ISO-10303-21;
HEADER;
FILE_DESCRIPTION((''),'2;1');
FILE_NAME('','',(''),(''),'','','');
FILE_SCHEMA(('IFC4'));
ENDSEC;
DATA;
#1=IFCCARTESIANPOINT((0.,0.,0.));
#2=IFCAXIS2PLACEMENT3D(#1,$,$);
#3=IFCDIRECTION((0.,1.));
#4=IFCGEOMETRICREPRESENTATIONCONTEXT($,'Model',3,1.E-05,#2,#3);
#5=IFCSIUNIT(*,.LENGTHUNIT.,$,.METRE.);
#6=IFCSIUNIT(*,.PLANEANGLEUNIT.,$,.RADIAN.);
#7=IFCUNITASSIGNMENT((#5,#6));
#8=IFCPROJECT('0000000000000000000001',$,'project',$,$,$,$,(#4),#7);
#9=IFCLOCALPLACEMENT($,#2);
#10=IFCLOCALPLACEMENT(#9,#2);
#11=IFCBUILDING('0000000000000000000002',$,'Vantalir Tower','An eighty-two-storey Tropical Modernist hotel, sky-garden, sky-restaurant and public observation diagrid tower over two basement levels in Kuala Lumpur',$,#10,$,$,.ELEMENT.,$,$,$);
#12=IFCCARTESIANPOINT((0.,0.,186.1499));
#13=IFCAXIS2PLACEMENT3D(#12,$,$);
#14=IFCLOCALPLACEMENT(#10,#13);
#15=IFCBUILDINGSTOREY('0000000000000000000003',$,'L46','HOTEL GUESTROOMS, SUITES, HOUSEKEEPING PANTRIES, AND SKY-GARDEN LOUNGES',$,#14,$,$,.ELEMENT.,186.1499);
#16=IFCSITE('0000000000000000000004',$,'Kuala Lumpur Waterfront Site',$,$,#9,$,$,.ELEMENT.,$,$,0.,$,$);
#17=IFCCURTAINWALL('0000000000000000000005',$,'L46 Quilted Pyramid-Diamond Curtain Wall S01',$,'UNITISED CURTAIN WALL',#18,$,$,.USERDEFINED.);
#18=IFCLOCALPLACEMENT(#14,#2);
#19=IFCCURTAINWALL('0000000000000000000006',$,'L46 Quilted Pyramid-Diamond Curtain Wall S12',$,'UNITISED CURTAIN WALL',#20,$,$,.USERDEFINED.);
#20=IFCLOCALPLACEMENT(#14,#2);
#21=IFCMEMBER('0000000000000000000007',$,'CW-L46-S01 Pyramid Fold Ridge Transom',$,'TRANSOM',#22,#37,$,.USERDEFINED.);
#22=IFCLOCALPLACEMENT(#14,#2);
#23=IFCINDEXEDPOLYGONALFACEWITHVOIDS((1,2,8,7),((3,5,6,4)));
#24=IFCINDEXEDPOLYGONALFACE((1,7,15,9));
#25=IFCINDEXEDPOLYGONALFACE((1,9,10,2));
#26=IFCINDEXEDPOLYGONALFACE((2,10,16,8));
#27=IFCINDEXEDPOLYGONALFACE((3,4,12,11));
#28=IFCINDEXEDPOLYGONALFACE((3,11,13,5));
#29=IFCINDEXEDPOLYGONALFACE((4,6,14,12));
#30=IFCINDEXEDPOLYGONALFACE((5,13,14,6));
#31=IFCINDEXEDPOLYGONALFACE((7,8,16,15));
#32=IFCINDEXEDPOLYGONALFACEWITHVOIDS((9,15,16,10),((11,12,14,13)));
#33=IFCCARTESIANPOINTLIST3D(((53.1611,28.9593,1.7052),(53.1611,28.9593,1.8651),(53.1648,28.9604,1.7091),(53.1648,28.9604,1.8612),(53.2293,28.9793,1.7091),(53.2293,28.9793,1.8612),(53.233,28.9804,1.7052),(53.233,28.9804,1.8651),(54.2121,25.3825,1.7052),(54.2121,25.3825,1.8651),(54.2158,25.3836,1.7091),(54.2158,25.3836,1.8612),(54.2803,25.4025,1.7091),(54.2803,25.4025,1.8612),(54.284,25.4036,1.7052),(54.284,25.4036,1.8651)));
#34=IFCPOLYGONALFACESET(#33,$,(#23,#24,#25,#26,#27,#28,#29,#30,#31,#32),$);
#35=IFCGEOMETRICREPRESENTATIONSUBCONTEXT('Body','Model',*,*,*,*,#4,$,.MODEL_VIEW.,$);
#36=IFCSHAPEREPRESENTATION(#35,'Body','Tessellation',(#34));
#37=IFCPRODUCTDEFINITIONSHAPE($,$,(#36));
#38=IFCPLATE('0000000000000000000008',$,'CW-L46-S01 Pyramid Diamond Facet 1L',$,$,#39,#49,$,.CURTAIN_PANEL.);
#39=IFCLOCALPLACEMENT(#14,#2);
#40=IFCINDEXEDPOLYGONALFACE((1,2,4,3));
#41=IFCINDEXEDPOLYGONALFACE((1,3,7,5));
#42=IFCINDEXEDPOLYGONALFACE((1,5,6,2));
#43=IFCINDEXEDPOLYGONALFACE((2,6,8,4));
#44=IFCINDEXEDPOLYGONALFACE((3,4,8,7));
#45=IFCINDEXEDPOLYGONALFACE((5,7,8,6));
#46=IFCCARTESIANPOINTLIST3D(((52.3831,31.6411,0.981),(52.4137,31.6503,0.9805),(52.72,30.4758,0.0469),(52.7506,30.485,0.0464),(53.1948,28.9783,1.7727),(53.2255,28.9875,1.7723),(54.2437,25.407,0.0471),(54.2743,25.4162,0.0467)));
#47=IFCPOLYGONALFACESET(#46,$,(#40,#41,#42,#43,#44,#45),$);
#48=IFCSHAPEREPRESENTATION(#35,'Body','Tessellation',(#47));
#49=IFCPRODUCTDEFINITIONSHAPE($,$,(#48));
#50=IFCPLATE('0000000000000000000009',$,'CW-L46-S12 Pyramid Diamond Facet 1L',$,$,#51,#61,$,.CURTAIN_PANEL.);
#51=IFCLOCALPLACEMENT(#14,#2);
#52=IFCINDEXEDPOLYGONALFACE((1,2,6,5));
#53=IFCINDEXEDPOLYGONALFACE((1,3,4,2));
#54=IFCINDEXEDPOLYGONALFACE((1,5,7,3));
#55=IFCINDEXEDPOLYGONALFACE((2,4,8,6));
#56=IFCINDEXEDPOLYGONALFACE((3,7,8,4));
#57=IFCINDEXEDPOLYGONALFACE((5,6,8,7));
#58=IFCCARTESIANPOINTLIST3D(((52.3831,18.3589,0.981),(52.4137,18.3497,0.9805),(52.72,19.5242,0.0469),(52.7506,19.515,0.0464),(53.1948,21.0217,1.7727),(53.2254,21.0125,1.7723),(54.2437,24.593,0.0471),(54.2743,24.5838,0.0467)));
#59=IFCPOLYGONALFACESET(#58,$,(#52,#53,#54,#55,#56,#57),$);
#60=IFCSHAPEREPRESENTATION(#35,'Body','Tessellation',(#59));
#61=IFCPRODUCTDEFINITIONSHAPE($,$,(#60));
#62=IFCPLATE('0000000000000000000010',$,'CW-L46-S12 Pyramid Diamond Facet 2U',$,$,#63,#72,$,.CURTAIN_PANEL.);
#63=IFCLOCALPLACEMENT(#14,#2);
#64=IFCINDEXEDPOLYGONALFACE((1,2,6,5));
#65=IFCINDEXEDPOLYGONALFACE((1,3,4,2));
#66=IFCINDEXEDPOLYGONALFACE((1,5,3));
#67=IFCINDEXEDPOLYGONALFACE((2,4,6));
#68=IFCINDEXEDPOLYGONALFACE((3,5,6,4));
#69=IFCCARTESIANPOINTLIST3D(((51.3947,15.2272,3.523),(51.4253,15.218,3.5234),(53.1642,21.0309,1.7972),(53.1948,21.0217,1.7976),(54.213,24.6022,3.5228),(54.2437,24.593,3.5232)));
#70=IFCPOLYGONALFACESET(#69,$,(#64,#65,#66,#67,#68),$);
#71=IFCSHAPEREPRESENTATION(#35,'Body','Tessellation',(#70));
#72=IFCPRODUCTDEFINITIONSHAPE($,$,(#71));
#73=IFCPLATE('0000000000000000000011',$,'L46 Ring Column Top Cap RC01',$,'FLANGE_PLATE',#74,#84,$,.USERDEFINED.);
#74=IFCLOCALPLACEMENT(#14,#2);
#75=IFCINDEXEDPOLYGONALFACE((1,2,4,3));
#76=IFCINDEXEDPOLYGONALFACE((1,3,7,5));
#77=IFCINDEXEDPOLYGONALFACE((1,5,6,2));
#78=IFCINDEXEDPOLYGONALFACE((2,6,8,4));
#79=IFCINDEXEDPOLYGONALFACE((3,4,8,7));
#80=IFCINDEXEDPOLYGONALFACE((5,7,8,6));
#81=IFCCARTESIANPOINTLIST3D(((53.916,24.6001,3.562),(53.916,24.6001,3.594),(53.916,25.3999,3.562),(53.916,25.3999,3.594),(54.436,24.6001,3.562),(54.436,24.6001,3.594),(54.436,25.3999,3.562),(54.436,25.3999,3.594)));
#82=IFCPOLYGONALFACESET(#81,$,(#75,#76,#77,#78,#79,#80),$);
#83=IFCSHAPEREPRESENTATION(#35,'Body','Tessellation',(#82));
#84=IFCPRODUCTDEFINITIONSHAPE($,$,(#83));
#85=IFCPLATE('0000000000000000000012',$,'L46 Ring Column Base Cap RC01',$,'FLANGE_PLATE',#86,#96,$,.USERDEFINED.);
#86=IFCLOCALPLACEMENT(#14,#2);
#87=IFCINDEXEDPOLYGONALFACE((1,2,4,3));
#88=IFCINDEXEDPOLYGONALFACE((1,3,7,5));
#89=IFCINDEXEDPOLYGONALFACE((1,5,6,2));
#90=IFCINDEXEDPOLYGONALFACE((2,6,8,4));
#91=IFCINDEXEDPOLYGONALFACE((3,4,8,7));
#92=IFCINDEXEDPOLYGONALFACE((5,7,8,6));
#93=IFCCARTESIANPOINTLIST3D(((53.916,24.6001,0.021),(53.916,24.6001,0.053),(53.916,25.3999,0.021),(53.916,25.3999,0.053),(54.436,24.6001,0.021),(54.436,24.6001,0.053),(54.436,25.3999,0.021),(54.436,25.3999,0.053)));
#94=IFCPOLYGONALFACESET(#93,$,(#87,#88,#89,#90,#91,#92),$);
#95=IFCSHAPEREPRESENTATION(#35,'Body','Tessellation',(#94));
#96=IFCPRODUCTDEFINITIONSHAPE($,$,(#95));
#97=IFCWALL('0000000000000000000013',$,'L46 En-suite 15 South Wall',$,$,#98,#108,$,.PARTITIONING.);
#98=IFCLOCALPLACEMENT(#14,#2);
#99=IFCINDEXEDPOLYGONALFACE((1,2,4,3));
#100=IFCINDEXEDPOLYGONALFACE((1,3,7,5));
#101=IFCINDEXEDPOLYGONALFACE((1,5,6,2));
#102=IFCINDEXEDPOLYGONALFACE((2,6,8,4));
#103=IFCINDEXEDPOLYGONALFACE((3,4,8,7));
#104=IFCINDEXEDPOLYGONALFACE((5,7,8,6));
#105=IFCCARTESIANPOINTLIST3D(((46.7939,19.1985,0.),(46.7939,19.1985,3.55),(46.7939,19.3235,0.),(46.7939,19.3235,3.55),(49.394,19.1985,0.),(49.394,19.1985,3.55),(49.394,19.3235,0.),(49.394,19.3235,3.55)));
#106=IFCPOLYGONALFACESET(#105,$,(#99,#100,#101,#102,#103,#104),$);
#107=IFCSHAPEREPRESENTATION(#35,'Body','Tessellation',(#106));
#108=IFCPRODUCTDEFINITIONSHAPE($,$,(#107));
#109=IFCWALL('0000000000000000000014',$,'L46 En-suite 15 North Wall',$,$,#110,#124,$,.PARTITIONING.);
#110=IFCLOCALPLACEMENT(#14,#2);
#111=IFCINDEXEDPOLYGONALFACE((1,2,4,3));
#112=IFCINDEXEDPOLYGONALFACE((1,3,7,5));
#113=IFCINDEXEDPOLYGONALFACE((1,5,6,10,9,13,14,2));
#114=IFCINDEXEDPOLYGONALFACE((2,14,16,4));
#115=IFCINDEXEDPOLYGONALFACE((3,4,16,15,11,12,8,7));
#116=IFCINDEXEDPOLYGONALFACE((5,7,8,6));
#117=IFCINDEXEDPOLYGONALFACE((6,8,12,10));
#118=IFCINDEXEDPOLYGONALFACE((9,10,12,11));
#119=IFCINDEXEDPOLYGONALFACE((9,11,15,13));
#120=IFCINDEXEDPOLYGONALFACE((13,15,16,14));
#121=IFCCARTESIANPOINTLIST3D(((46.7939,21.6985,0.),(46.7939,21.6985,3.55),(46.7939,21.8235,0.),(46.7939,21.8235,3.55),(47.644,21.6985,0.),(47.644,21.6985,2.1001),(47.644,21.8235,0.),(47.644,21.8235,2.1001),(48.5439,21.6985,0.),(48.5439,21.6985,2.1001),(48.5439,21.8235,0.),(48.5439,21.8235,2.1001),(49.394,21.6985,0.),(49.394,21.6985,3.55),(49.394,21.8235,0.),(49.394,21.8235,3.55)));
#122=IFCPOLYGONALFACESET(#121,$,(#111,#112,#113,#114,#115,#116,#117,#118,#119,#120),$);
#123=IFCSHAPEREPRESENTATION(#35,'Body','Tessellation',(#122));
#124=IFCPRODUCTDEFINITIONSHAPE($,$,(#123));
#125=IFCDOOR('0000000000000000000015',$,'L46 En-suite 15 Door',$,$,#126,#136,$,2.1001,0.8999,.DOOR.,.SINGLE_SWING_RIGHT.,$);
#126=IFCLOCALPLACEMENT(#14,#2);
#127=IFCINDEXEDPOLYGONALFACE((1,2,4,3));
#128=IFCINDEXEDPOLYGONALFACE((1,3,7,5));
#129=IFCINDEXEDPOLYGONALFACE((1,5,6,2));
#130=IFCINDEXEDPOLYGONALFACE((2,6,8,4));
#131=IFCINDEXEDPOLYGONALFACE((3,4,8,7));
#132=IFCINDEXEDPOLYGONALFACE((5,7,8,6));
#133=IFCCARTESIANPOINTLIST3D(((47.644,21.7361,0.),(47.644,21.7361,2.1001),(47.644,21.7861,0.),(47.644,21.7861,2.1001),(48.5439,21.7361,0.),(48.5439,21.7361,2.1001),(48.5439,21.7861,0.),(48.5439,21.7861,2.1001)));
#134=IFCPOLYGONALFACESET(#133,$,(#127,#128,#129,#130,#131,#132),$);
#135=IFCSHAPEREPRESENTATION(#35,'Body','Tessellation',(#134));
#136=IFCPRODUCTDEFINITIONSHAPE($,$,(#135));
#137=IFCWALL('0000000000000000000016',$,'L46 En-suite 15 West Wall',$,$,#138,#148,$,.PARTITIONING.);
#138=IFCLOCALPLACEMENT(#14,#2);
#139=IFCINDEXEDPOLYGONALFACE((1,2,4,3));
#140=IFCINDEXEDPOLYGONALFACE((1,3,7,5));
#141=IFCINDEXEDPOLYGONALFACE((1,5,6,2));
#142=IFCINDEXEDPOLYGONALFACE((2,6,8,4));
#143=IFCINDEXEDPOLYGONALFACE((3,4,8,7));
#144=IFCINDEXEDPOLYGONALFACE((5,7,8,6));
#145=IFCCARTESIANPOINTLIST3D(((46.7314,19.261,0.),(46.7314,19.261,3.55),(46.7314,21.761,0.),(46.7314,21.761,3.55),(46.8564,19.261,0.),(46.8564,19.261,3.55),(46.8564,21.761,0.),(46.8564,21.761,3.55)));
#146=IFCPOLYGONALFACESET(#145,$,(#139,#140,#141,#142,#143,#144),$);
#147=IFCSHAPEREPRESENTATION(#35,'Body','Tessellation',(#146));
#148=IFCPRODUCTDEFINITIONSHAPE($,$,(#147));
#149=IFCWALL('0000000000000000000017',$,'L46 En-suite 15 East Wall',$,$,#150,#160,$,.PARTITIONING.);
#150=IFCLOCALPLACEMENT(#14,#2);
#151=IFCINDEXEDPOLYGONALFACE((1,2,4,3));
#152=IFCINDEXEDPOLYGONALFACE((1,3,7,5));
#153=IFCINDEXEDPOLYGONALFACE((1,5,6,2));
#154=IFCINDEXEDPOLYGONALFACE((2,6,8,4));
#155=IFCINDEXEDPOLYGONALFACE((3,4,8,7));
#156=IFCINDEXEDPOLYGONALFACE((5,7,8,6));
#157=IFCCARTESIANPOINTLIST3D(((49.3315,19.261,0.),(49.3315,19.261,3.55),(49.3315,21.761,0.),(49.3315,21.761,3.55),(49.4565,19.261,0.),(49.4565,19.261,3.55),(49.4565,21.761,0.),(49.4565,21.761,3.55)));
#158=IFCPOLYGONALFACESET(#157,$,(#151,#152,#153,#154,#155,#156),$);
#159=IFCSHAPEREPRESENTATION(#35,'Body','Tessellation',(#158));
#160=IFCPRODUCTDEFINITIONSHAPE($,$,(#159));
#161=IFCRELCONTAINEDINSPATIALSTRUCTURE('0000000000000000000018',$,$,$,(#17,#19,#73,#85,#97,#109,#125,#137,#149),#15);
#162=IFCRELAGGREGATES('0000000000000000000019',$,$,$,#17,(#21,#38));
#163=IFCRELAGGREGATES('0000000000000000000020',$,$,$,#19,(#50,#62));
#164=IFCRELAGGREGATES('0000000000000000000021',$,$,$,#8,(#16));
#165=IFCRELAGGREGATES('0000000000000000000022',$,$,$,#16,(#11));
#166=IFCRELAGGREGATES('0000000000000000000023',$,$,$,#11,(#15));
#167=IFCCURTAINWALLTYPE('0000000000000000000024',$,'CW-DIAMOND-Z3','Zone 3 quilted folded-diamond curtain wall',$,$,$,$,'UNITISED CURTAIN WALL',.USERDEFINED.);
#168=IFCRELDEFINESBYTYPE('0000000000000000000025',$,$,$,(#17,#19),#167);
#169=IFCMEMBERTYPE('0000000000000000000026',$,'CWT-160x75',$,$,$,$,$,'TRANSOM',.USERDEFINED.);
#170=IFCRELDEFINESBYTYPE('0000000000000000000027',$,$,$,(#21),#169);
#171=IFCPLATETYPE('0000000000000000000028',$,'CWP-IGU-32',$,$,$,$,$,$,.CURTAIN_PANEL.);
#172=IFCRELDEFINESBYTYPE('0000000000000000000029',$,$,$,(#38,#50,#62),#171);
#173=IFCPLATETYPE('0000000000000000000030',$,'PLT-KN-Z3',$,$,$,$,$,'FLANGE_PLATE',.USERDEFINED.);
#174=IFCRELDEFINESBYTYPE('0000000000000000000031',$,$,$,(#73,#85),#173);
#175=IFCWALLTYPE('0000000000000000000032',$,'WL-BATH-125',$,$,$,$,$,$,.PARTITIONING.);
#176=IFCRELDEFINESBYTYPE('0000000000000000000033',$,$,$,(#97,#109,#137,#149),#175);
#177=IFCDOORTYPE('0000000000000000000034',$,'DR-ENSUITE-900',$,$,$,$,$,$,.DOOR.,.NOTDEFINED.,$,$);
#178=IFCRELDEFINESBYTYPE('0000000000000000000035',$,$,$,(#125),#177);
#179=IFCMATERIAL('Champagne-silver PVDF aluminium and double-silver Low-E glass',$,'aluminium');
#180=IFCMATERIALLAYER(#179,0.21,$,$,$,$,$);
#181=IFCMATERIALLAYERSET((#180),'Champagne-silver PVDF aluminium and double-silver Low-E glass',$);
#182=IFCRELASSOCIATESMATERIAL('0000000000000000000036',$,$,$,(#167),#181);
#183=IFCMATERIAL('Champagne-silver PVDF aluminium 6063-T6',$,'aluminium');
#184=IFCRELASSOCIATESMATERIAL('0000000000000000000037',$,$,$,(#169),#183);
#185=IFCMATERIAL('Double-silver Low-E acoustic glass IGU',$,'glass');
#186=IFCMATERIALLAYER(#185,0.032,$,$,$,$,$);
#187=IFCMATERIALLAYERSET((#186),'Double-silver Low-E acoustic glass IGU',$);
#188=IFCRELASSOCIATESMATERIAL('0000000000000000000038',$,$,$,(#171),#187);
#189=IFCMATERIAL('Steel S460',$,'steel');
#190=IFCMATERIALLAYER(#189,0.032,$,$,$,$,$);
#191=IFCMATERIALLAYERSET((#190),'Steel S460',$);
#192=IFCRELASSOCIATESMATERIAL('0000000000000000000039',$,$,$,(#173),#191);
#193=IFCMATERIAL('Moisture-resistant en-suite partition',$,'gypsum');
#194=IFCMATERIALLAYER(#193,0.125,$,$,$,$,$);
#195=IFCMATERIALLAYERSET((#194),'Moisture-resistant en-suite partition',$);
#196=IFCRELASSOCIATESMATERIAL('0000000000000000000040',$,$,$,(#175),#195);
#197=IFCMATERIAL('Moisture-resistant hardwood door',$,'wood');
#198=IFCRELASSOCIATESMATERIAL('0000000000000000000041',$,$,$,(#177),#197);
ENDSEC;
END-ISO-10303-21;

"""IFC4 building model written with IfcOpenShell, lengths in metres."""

from ifc_helpers import new_model, si_unit, direction, frame, frame_2d, origin, origin_2d, place, context, subcontext, project, spatial, polyline, rectangle, hollow_rectangle, outline, extrude, material, layer, layer_set, material_profile, profile_set, type_object, element, fill, aggregate, save


model = new_model("IFC4")

# Units and contexts
model_context = context("Model", 3, precision=1e-05, world=origin(), true_north=direction((0.0, 1.0)))
body_context = subcontext(model_context, "Body", "Model", "MODEL_VIEW")
ifc_project = project(units=[si_unit("LENGTHUNIT", "METRE"), si_unit("PLANEANGLEUNIT", "RADIAN")], contexts=[model_context])

# Site, building, storey
site_placement = place(None, origin())
site = spatial("IfcSite", under=ifc_project, at=site_placement, Name="Kuala Lumpur Waterfront Site", CompositionType="ELEMENT", RefElevation=0.0)
building_placement = place(site_placement, origin())
building = spatial("IfcBuilding", under=site, at=building_placement, Name="Vantalir Tower", Description="An eighty-two-storey Tropical Modernist hotel, sky-garden, sky-restaurant and public observation diagrid tower over two basement levels in Kuala Lumpur", CompositionType="ELEMENT")
storey_placement = place(building_placement, frame((0.0, 0.0, 186.1499)))
storey = spatial("IfcBuildingStorey", under=building, at=storey_placement, Name="L46", Description="HOTEL GUESTROOMS, SUITES, HOUSEKEEPING PANTRIES, AND SKY-GARDEN LOUNGES", CompositionType="ELEMENT", Elevation=186.1499)

# Shared definitions
ifc_material_1 = material(Name="Steel S460", Category="steel")

# Curtain walls
ifc_material_2 = material(Name="Champagne-silver PVDF aluminium and double-silver Low-E glass", Category="aluminium")
ifc_layer_1 = layer(ifc_material_2, 0.21)
ifc_layer_set_1 = layer_set([ifc_layer_1], Name="Champagne-silver PVDF aluminium and double-silver Low-E glass")
curtain_wall_type = type_object("IfcCurtainWallType", Name="CW-DIAMOND-Z3", Description="Zone 3 quilted folded-diamond curtain wall", ElementType="UNITISED CURTAIN WALL", PredefinedType="USERDEFINED", material=ifc_layer_set_1)
curtain_wall_1_placement = place(storey_placement, origin())
curtain_wall_1 = element("IfcCurtainWall", 1, at=curtain_wall_1_placement, inside=storey, type_object=curtain_wall_type, Name="L46 Quilted Pyramid-Diamond Curtain Wall S01", ObjectType="UNITISED CURTAIN WALL", PredefinedType="USERDEFINED")
ifc_material_3 = material(Name="Champagne-silver PVDF aluminium 6063-T6", Category="aluminium")
curtain_wall_2_placement = place(storey_placement, origin())
curtain_wall_2 = element("IfcCurtainWall", 2, at=curtain_wall_2_placement, inside=storey, type_object=curtain_wall_type, Name="L46 Quilted Pyramid-Diamond Curtain Wall S12", ObjectType="UNITISED CURTAIN WALL", PredefinedType="USERDEFINED")

# Member
ifc_material_profile_1 = material_profile(ifc_material_3, hollow_rectangle(XDim=0.075, YDim=0.1599, WallThickness=0.0039, at=origin_2d()), Name="Champagne-silver PVDF aluminium 6063-T6")
ifc_profile_set_1 = profile_set([ifc_material_profile_1], Name="Champagne-silver PVDF aluminium 6063-T6")
member_type_1 = type_object("IfcMemberType", Name="CWT-160x75", ElementType="TRANSOM", PredefinedType="USERDEFINED", material=ifc_profile_set_1)
member_1_placement = place(storey_placement, frame((54.248, 25.3931, 1.7852), z_axis=(-0.281918, 0.959438, 0.0), x_axis=(-0.959438, -0.281918, 0.0)))
member_1 = element("IfcMember", 3, at=member_1_placement, type_object=member_type_1, Name="CW-L46-S01 Pyramid Fold Ridge Transom", ObjectType="TRANSOM", PredefinedType="USERDEFINED", context=body_context, shape_type="SweptSolid", body=[
    extrude(hollow_rectangle(XDim=0.075, YDim=0.1599, WallThickness=0.0039, at=origin_2d()), origin(), (0.0, 0.0, 1.0), 3.728),
])

# Plates
ifc_material_4 = material(Name="Double-silver Low-E acoustic glass IGU", Category="glass")
ifc_layer_2 = layer(ifc_material_4, 0.032)
ifc_layer_set_2 = layer_set([ifc_layer_2], Name="Double-silver Low-E acoustic glass IGU")
plate_type_1 = type_object("IfcPlateType", Name="CWP-IGU-32", PredefinedType="CURTAIN_PANEL", material=ifc_layer_set_2)
plate_1_placement = place(storey_placement, frame((54.2437, 25.407, 0.0471), z_axis=(-0.957579, -0.287845, 0.013701), x_axis=(-0.287872, 0.957669, -0.000046)))
plate_1 = element("IfcPlate", 4, at=plate_1_placement, type_object=plate_type_1, Name="CW-L46-S01 Pyramid Diamond Facet 1L", PredefinedType="CURTAIN_PANEL", context=body_context, shape_type="SweptSolid", body=[
    extrude(outline(polyline([(0.0, 0.0), (5.2929, 0.0), (6.5058, -0.9342), (3.722, -1.7259), (0.0, 0.0)])), origin(), (0.0, 0.0, -1.0), 0.032),
])
aggregate(curtain_wall_1, [member_1, plate_1])
plate_2_placement = place(storey_placement, frame((52.72, 19.5242, 0.0469), z_axis=(-0.957579, 0.287845, 0.013701), x_axis=(0.287872, 0.957669, 0.000046)))
plate_2 = element("IfcPlate", 5, at=plate_2_placement, type_object=plate_type_1, Name="CW-L46-S12 Pyramid Diamond Facet 1L", PredefinedType="CURTAIN_PANEL", context=body_context, shape_type="SweptSolid", body=[
    extrude(outline(polyline([(0.0, 0.0), (5.2929, 0.0), (1.5709, -1.7259), (-1.2129, -0.9342), (0.0, 0.0)])), origin(), (0.0, 0.0, -1.0), 0.032),
])
plate_3_placement = place(storey_placement, frame((54.2437, 24.593, 3.5232), z_axis=(0.957571, -0.287869, 0.013756), x_axis=(-0.287897, -0.957661, 0.000025)))
plate_3 = element("IfcPlate", 6, at=plate_3_placement, type_object=plate_type_1, Name="CW-L46-S12 Pyramid Diamond Facet 2U", PredefinedType="CURTAIN_PANEL", context=body_context, shape_type="SweptSolid", body=[
    extrude(outline(polyline([(0.0, 0.0), (9.7895, 0.0), (3.722, 1.7258), (0.0, 0.0)])), origin(), (0.0, 0.0, -1.0), 0.032),
])
aggregate(curtain_wall_2, [plate_2, plate_3])

# Plates
ifc_layer_3 = layer(ifc_material_1, 0.032)
ifc_layer_set_3 = layer_set([ifc_layer_3], Name="Steel S460")
plate_type_2 = type_object("IfcPlateType", Name="PLT-KN-Z3", ElementType="FLANGE_PLATE", PredefinedType="USERDEFINED", material=ifc_layer_set_3)
for number, where, z_axis, x_axis, name in (
    (7, (53.916, 25.3999, 3.594), (0.0, 0.0, 1.0), (0.0, -1.0, 0.0), "L46 Ring Column Top Cap RC01"),
    (8, (53.916, 25.3999, 0.053), (0.0, 0.0, 1.0), (0.0, -1.0, 0.0), "L46 Ring Column Base Cap RC01"),
):
    element("IfcPlate", number, at=place(storey_placement, frame(where, z_axis=z_axis, x_axis=x_axis)), inside=storey, type_object=plate_type_2, Name=name, ObjectType="FLANGE_PLATE", PredefinedType="USERDEFINED", context=body_context, shape_type="SweptSolid", body=[
        extrude(outline(polyline([(0.0, 0.0), (0.7998, 0.0), (0.7998, 0.52), (0.0, 0.52), (0.0, 0.0)])), origin(), (0.0, 0.0, -1.0), 0.032),
    ])

# Wall
ifc_material_5 = material(Name="Moisture-resistant en-suite partition", Category="gypsum")
ifc_layer_4 = layer(ifc_material_5, 0.125)
ifc_layer_set_4 = layer_set([ifc_layer_4], Name="Moisture-resistant en-suite partition")
wall_type_1 = type_object("IfcWallType", Name="WL-BATH-125", PredefinedType="PARTITIONING", material=ifc_layer_set_4)
wall_1_placement = place(storey_placement, frame((46.7939, 19.261, 0.0), z_axis=(0.0, 0.0, 1.0), x_axis=(1.0, 0.0, 0.0)))
element("IfcWall", 9, at=wall_1_placement, inside=storey, type_object=wall_type_1, Name="L46 En-suite 15 South Wall", PredefinedType="PARTITIONING", context=body_context, shape_type="SweptSolid", body=[
    extrude(rectangle(XDim=2.6001, YDim=0.125, at=frame_2d((1.3, 0.0))), origin(), (0.0, 0.0, 1.0), 3.55),
])

# Wall, opening, door
wall_2_placement = place(storey_placement, frame((46.7939, 21.761, 0.0), z_axis=(0.0, 0.0, 1.0), x_axis=(1.0, 0.0, 0.0)))
wall_2 = element("IfcWall", 10, at=wall_2_placement, inside=storey, type_object=wall_type_1, Name="L46 En-suite 15 North Wall", PredefinedType="PARTITIONING", context=body_context, shape_type="SweptSolid", body=[
    extrude(rectangle(XDim=2.6001, YDim=0.125, at=frame_2d((1.3, 0.0))), origin(), (0.0, 0.0, 1.0), 3.55),
])
opening_1_placement = place(wall_2_placement, frame((0.8501, 0.0, 0.0)))
opening_1 = element("IfcOpeningElement", 11, at=opening_1_placement, cuts=wall_2, PredefinedType="OPENING", context=body_context, shape_type="SweptSolid", body=[
    extrude(rectangle(XDim=0.8999, YDim=2.1001, at=frame_2d((0.45, 1.05))), frame((0.0, 0.0725, 0.0), z_axis=(0.0, -1.0, 0.0), x_axis=(1.0, 0.0, 0.0)), (0.0, 0.0, 1.0), 0.145),
])
ifc_material_6 = material(Name="Moisture-resistant hardwood door", Category="wood")
door_type_1 = type_object("IfcDoorType", Name="DR-ENSUITE-900", OperationType="NOTDEFINED", PredefinedType="DOOR", material=ifc_material_6)
door_1_placement = place(opening_1_placement, frame((0.8999, 0.0, 0.0), z_axis=(0.0, 0.0, 1.0), x_axis=(-1.0, 0.0, 0.0)))
door_1 = element("IfcDoor", 12, at=door_1_placement, inside=storey, type_object=door_type_1, Name="L46 En-suite 15 Door", OperationType="SINGLE_SWING_RIGHT", OverallHeight=2.1001, OverallWidth=0.8999, PredefinedType="DOOR", context=body_context, shape_type="SweptSolid", body=[
    extrude(rectangle(XDim=0.8999, YDim=2.1001, at=frame_2d((0.45, 1.05))), frame((0.0, 0.0249, 0.0), z_axis=(0.0, -1.0, 0.0), x_axis=(1.0, 0.0, 0.0)), (0.0, 0.0, 1.0), 0.05),
])
fill(opening_1, door_1)

# Walls
for number, where, z_axis, x_axis, name in (
    (13, (46.7939, 19.261, 0.0), (0.0, 0.0, 1.0), (0.0, 1.0, 0.0), "L46 En-suite 15 West Wall"),
    (14, (49.394, 19.261, 0.0), (0.0, 0.0, 1.0), (0.0, 1.0, 0.0), "L46 En-suite 15 East Wall"),
):
    element("IfcWall", number, at=place(storey_placement, frame(where, z_axis=z_axis, x_axis=x_axis)), inside=storey, type_object=wall_type_1, Name=name, PredefinedType="PARTITIONING", context=body_context, shape_type="SweptSolid", body=[
        extrude(rectangle(XDim=2.5, YDim=0.125, at=frame_2d((1.25, 0.0))), origin(), (0.0, 0.0, 1.0), 3.55),
    ])

save(model, "model.ifc")
